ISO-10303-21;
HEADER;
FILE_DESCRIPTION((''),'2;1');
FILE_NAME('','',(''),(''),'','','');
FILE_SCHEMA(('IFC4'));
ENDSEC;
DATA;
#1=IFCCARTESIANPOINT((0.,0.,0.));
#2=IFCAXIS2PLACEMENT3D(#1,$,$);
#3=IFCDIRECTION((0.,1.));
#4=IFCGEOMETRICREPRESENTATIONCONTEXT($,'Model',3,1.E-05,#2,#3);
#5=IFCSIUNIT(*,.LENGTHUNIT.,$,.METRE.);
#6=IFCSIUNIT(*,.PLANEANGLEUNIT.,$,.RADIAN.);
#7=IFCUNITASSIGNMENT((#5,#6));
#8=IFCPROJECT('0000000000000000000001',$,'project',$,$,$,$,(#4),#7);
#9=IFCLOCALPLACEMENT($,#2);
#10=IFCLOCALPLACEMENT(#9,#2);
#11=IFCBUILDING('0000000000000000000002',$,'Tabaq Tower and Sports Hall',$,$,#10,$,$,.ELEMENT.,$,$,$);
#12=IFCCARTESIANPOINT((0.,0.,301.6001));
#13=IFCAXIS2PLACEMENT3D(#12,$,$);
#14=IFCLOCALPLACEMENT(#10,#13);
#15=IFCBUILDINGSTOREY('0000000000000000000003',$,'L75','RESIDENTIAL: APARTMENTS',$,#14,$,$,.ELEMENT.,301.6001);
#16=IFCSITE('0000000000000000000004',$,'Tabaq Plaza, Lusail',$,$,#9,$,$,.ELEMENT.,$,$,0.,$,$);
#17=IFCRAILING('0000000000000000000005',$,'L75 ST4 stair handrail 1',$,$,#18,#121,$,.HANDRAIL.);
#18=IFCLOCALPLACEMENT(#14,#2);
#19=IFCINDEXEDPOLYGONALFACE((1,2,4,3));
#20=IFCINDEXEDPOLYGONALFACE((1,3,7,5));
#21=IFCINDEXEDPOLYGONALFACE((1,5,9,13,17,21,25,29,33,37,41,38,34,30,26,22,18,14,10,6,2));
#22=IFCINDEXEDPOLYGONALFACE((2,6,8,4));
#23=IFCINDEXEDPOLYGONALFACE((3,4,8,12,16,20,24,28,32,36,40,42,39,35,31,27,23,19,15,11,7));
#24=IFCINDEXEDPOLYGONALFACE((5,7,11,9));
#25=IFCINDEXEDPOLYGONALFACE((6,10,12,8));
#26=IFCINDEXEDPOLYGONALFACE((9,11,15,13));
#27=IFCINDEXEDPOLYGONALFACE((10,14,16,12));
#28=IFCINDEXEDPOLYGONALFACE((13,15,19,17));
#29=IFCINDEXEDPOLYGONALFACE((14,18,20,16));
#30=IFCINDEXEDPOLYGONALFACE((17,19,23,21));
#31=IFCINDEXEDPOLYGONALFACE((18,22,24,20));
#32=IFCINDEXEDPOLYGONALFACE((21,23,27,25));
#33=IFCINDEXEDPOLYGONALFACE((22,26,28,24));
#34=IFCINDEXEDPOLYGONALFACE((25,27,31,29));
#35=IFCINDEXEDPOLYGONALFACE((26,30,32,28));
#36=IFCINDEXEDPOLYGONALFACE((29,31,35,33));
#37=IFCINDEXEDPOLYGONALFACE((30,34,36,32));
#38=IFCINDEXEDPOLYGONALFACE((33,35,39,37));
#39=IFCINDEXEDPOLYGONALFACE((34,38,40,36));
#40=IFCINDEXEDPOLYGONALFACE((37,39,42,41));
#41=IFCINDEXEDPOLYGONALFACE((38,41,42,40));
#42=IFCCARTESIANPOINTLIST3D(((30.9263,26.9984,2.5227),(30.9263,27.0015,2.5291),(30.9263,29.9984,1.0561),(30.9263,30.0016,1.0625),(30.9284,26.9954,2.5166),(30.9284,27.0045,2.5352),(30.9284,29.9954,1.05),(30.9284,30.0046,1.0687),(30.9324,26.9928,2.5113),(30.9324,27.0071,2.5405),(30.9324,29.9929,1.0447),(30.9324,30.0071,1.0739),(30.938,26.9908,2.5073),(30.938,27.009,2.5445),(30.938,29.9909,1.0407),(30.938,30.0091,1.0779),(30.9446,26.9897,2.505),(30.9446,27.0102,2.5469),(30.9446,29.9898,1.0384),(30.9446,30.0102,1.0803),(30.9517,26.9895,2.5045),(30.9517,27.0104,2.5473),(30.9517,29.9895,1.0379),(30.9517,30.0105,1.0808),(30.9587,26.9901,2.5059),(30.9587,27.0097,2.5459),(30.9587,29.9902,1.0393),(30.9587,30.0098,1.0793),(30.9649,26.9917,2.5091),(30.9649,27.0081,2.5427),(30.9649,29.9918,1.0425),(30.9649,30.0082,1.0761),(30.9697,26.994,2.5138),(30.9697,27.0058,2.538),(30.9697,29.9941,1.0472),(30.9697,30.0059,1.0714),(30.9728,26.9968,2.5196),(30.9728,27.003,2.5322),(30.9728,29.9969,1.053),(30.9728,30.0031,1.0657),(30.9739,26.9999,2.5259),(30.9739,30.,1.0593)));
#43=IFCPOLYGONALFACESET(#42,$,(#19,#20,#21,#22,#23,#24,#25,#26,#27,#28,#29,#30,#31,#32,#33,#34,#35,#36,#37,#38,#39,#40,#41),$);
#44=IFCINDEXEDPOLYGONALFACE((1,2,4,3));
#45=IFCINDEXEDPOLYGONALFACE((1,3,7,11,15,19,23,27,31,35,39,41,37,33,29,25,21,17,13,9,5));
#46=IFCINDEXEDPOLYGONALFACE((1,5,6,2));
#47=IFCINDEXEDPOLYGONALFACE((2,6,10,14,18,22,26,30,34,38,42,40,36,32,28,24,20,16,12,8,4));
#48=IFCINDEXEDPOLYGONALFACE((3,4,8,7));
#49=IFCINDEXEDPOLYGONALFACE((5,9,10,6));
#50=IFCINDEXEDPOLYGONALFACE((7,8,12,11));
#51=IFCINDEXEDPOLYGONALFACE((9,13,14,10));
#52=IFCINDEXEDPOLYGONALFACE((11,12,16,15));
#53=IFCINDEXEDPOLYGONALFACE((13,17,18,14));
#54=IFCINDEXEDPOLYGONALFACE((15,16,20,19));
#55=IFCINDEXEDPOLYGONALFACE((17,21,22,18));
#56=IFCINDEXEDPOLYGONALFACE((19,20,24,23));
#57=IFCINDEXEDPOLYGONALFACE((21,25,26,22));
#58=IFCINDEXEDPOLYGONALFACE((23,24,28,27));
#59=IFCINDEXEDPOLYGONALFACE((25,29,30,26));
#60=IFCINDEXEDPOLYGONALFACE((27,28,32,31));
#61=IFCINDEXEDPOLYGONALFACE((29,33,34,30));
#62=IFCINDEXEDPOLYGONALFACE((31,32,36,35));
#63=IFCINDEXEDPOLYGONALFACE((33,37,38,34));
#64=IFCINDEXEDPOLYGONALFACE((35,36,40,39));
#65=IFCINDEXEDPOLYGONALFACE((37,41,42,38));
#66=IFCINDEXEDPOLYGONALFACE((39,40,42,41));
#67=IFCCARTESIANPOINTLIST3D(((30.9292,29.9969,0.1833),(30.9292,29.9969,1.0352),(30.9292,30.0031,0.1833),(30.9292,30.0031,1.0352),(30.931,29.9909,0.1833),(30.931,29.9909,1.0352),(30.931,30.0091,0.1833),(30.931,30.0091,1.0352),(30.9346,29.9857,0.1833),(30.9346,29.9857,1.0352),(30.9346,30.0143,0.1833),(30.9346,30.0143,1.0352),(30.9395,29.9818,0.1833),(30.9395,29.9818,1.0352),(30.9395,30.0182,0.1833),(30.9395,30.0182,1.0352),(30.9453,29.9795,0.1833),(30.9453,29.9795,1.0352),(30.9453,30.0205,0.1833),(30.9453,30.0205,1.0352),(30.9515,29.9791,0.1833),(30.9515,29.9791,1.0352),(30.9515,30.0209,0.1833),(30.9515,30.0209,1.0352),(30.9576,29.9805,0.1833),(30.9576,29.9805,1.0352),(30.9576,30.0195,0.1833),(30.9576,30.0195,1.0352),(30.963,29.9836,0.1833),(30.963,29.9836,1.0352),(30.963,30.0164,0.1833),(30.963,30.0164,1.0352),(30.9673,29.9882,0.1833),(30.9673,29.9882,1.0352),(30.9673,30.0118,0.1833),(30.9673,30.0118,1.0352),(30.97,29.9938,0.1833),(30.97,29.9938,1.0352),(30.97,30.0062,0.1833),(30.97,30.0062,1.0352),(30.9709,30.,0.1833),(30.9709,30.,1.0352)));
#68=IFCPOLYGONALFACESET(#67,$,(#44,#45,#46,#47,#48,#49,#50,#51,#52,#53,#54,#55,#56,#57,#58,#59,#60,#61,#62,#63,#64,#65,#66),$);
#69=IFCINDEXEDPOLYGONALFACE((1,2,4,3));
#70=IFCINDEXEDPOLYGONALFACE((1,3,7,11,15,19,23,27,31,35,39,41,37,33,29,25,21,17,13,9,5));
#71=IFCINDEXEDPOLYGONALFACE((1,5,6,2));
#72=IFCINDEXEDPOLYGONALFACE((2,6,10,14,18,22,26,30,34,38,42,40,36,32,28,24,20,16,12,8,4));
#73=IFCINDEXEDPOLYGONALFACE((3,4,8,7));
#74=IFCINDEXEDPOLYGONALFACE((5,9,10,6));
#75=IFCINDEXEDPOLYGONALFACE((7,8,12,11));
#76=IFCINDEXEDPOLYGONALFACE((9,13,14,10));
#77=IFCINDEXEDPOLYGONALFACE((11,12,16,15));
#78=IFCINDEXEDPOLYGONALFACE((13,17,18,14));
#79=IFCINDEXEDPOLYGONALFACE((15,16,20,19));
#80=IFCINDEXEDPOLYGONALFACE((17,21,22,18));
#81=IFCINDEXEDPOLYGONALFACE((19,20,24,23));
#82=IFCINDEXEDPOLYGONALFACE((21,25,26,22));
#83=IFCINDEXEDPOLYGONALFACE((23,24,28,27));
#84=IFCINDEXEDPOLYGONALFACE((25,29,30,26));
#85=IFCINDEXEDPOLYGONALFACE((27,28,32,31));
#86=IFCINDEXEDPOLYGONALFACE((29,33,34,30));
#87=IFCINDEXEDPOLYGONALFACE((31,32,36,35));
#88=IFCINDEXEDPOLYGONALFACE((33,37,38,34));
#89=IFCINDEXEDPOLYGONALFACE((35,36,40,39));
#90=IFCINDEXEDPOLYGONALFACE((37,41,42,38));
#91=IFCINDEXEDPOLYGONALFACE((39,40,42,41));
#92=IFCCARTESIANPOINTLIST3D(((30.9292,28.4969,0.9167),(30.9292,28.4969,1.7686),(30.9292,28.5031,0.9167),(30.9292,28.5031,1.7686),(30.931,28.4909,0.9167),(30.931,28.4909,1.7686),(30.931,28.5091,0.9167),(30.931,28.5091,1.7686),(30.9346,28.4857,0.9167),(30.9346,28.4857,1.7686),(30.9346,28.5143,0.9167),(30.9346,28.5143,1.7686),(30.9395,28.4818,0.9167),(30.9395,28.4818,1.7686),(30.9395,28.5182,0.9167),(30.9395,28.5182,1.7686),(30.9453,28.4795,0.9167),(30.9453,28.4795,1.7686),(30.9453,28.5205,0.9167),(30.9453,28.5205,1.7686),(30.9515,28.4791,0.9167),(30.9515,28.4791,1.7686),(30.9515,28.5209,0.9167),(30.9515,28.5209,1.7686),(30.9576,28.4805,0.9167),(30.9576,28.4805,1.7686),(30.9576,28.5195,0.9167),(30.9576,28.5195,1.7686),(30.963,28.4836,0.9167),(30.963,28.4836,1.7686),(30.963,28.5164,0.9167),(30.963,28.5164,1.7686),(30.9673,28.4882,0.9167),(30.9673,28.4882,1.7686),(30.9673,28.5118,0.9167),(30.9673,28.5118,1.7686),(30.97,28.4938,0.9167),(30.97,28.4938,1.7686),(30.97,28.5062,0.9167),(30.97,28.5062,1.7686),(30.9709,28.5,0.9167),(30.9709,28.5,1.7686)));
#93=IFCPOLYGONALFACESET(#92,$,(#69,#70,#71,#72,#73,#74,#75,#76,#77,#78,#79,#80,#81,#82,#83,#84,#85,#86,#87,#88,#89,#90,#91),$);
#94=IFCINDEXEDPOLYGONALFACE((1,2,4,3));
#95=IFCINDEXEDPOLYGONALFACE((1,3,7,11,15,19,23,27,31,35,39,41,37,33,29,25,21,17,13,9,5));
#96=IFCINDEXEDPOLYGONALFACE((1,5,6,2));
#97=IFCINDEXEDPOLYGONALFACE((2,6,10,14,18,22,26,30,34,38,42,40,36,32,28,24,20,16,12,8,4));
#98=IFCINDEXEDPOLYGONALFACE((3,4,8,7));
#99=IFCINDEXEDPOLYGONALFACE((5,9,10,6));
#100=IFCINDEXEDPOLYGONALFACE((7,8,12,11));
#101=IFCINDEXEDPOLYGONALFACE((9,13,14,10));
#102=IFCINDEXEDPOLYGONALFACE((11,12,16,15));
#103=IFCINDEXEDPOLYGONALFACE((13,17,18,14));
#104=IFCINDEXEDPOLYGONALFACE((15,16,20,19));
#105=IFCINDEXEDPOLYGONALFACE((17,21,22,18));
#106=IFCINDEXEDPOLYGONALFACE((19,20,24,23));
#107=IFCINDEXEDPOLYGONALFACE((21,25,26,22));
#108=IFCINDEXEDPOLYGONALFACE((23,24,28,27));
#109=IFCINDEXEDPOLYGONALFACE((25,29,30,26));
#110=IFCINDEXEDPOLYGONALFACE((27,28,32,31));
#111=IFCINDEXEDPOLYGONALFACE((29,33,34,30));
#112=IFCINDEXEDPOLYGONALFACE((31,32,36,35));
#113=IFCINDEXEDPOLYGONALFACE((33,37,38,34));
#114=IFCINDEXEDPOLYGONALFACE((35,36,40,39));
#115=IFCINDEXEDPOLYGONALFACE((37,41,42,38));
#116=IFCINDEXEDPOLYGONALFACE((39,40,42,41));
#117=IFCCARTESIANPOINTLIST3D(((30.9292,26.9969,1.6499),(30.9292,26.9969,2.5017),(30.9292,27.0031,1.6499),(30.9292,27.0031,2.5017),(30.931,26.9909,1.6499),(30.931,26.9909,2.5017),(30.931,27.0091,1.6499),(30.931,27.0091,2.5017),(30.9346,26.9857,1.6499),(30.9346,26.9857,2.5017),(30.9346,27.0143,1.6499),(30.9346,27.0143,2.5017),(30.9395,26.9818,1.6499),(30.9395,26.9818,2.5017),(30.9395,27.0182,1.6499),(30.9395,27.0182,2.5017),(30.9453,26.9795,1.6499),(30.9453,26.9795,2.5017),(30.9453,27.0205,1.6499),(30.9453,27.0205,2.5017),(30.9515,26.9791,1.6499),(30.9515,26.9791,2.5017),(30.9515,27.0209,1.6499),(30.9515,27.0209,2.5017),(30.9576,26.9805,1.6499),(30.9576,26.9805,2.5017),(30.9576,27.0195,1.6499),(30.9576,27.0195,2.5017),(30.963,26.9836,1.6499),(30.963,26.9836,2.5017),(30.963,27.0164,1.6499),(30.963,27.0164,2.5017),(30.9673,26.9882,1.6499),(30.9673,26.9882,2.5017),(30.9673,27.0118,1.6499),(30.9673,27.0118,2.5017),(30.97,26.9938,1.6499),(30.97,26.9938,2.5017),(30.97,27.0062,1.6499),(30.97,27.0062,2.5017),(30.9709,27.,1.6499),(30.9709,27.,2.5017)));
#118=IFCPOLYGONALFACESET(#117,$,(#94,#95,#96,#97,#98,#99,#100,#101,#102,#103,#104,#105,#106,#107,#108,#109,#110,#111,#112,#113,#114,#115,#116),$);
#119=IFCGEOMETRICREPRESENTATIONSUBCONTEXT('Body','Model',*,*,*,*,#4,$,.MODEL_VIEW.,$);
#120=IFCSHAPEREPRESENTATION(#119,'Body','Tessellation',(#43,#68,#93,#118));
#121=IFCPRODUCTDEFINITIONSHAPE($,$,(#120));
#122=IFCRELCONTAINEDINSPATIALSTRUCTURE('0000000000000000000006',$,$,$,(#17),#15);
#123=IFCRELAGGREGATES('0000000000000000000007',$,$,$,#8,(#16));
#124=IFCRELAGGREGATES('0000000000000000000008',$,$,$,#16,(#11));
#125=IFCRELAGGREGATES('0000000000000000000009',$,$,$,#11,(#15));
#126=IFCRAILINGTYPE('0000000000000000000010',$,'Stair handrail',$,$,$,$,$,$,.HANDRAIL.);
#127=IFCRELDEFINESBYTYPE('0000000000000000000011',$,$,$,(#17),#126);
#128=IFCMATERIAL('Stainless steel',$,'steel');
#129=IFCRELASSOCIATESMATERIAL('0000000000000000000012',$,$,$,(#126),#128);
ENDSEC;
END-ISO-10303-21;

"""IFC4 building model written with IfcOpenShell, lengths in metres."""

from ifc_helpers import new_model, si_unit, direction, frame, origin, origin_2d, place, context, subcontext, project, spatial, circle, extrude, material, type_object, element, save


model = new_model("IFC4")

# Units and contexts
model_context = context("Model", 3, precision=1e-05, world=origin(), true_north=direction((0.0, 1.0)))
body_context = subcontext(model_context, "Body", "Model", "MODEL_VIEW")
ifc_project = project(units=[si_unit("LENGTHUNIT", "METRE"), si_unit("PLANEANGLEUNIT", "RADIAN")], contexts=[model_context])

# Site, building, storey
site_placement = place(None, origin())
site = spatial("IfcSite", under=ifc_project, at=site_placement, Name="Tabaq Plaza, Lusail", CompositionType="ELEMENT", RefElevation=0.0)
building_placement = place(site_placement, origin())
building = spatial("IfcBuilding", under=site, at=building_placement, Name="Tabaq Tower and Sports Hall", CompositionType="ELEMENT")
storey_placement = place(building_placement, frame((0.0, 0.0, 301.6001)))
storey = spatial("IfcBuildingStorey", under=building, at=storey_placement, Name="L75", Description="RESIDENTIAL: APARTMENTS", CompositionType="ELEMENT", Elevation=301.6001)

# Railing
ifc_material_1 = material(Name="Stainless steel", Category="steel")
railing_type_1 = type_object("IfcRailingType", Name="Stair handrail", PredefinedType="HANDRAIL", material=ifc_material_1)
railing_1_placement = place(storey_placement, frame((30.95, 30.0, 0.1833)))
element("IfcRailing", 1, at=railing_1_placement, inside=storey, type_object=railing_type_1, Name="L75 ST4 stair handrail 1", PredefinedType="HANDRAIL", context=body_context, shape_type="SweptSolid", body=[
    extrude(circle(Radius=0.0239, at=origin_2d()), frame((0.0, 0.0, 0.876), z_axis=(0.0, -0.898398, 0.439183), x_axis=(1.0, 0.0, 0.0)), (0.0, 0.0, 1.0), 3.3394),
    extrude(circle(Radius=0.021, at=origin_2d()), origin(), (0.0, 0.0, 1.0), 0.8518),
    extrude(circle(Radius=0.021, at=origin_2d()), frame((0.0, -1.5, 0.7334)), (0.0, 0.0, 1.0), 0.8518),
    extrude(circle(Radius=0.021, at=origin_2d()), frame((0.0, -3.0, 1.4666)), (0.0, 0.0, 1.0), 0.8518),
])

save(model, "model.ifc")
